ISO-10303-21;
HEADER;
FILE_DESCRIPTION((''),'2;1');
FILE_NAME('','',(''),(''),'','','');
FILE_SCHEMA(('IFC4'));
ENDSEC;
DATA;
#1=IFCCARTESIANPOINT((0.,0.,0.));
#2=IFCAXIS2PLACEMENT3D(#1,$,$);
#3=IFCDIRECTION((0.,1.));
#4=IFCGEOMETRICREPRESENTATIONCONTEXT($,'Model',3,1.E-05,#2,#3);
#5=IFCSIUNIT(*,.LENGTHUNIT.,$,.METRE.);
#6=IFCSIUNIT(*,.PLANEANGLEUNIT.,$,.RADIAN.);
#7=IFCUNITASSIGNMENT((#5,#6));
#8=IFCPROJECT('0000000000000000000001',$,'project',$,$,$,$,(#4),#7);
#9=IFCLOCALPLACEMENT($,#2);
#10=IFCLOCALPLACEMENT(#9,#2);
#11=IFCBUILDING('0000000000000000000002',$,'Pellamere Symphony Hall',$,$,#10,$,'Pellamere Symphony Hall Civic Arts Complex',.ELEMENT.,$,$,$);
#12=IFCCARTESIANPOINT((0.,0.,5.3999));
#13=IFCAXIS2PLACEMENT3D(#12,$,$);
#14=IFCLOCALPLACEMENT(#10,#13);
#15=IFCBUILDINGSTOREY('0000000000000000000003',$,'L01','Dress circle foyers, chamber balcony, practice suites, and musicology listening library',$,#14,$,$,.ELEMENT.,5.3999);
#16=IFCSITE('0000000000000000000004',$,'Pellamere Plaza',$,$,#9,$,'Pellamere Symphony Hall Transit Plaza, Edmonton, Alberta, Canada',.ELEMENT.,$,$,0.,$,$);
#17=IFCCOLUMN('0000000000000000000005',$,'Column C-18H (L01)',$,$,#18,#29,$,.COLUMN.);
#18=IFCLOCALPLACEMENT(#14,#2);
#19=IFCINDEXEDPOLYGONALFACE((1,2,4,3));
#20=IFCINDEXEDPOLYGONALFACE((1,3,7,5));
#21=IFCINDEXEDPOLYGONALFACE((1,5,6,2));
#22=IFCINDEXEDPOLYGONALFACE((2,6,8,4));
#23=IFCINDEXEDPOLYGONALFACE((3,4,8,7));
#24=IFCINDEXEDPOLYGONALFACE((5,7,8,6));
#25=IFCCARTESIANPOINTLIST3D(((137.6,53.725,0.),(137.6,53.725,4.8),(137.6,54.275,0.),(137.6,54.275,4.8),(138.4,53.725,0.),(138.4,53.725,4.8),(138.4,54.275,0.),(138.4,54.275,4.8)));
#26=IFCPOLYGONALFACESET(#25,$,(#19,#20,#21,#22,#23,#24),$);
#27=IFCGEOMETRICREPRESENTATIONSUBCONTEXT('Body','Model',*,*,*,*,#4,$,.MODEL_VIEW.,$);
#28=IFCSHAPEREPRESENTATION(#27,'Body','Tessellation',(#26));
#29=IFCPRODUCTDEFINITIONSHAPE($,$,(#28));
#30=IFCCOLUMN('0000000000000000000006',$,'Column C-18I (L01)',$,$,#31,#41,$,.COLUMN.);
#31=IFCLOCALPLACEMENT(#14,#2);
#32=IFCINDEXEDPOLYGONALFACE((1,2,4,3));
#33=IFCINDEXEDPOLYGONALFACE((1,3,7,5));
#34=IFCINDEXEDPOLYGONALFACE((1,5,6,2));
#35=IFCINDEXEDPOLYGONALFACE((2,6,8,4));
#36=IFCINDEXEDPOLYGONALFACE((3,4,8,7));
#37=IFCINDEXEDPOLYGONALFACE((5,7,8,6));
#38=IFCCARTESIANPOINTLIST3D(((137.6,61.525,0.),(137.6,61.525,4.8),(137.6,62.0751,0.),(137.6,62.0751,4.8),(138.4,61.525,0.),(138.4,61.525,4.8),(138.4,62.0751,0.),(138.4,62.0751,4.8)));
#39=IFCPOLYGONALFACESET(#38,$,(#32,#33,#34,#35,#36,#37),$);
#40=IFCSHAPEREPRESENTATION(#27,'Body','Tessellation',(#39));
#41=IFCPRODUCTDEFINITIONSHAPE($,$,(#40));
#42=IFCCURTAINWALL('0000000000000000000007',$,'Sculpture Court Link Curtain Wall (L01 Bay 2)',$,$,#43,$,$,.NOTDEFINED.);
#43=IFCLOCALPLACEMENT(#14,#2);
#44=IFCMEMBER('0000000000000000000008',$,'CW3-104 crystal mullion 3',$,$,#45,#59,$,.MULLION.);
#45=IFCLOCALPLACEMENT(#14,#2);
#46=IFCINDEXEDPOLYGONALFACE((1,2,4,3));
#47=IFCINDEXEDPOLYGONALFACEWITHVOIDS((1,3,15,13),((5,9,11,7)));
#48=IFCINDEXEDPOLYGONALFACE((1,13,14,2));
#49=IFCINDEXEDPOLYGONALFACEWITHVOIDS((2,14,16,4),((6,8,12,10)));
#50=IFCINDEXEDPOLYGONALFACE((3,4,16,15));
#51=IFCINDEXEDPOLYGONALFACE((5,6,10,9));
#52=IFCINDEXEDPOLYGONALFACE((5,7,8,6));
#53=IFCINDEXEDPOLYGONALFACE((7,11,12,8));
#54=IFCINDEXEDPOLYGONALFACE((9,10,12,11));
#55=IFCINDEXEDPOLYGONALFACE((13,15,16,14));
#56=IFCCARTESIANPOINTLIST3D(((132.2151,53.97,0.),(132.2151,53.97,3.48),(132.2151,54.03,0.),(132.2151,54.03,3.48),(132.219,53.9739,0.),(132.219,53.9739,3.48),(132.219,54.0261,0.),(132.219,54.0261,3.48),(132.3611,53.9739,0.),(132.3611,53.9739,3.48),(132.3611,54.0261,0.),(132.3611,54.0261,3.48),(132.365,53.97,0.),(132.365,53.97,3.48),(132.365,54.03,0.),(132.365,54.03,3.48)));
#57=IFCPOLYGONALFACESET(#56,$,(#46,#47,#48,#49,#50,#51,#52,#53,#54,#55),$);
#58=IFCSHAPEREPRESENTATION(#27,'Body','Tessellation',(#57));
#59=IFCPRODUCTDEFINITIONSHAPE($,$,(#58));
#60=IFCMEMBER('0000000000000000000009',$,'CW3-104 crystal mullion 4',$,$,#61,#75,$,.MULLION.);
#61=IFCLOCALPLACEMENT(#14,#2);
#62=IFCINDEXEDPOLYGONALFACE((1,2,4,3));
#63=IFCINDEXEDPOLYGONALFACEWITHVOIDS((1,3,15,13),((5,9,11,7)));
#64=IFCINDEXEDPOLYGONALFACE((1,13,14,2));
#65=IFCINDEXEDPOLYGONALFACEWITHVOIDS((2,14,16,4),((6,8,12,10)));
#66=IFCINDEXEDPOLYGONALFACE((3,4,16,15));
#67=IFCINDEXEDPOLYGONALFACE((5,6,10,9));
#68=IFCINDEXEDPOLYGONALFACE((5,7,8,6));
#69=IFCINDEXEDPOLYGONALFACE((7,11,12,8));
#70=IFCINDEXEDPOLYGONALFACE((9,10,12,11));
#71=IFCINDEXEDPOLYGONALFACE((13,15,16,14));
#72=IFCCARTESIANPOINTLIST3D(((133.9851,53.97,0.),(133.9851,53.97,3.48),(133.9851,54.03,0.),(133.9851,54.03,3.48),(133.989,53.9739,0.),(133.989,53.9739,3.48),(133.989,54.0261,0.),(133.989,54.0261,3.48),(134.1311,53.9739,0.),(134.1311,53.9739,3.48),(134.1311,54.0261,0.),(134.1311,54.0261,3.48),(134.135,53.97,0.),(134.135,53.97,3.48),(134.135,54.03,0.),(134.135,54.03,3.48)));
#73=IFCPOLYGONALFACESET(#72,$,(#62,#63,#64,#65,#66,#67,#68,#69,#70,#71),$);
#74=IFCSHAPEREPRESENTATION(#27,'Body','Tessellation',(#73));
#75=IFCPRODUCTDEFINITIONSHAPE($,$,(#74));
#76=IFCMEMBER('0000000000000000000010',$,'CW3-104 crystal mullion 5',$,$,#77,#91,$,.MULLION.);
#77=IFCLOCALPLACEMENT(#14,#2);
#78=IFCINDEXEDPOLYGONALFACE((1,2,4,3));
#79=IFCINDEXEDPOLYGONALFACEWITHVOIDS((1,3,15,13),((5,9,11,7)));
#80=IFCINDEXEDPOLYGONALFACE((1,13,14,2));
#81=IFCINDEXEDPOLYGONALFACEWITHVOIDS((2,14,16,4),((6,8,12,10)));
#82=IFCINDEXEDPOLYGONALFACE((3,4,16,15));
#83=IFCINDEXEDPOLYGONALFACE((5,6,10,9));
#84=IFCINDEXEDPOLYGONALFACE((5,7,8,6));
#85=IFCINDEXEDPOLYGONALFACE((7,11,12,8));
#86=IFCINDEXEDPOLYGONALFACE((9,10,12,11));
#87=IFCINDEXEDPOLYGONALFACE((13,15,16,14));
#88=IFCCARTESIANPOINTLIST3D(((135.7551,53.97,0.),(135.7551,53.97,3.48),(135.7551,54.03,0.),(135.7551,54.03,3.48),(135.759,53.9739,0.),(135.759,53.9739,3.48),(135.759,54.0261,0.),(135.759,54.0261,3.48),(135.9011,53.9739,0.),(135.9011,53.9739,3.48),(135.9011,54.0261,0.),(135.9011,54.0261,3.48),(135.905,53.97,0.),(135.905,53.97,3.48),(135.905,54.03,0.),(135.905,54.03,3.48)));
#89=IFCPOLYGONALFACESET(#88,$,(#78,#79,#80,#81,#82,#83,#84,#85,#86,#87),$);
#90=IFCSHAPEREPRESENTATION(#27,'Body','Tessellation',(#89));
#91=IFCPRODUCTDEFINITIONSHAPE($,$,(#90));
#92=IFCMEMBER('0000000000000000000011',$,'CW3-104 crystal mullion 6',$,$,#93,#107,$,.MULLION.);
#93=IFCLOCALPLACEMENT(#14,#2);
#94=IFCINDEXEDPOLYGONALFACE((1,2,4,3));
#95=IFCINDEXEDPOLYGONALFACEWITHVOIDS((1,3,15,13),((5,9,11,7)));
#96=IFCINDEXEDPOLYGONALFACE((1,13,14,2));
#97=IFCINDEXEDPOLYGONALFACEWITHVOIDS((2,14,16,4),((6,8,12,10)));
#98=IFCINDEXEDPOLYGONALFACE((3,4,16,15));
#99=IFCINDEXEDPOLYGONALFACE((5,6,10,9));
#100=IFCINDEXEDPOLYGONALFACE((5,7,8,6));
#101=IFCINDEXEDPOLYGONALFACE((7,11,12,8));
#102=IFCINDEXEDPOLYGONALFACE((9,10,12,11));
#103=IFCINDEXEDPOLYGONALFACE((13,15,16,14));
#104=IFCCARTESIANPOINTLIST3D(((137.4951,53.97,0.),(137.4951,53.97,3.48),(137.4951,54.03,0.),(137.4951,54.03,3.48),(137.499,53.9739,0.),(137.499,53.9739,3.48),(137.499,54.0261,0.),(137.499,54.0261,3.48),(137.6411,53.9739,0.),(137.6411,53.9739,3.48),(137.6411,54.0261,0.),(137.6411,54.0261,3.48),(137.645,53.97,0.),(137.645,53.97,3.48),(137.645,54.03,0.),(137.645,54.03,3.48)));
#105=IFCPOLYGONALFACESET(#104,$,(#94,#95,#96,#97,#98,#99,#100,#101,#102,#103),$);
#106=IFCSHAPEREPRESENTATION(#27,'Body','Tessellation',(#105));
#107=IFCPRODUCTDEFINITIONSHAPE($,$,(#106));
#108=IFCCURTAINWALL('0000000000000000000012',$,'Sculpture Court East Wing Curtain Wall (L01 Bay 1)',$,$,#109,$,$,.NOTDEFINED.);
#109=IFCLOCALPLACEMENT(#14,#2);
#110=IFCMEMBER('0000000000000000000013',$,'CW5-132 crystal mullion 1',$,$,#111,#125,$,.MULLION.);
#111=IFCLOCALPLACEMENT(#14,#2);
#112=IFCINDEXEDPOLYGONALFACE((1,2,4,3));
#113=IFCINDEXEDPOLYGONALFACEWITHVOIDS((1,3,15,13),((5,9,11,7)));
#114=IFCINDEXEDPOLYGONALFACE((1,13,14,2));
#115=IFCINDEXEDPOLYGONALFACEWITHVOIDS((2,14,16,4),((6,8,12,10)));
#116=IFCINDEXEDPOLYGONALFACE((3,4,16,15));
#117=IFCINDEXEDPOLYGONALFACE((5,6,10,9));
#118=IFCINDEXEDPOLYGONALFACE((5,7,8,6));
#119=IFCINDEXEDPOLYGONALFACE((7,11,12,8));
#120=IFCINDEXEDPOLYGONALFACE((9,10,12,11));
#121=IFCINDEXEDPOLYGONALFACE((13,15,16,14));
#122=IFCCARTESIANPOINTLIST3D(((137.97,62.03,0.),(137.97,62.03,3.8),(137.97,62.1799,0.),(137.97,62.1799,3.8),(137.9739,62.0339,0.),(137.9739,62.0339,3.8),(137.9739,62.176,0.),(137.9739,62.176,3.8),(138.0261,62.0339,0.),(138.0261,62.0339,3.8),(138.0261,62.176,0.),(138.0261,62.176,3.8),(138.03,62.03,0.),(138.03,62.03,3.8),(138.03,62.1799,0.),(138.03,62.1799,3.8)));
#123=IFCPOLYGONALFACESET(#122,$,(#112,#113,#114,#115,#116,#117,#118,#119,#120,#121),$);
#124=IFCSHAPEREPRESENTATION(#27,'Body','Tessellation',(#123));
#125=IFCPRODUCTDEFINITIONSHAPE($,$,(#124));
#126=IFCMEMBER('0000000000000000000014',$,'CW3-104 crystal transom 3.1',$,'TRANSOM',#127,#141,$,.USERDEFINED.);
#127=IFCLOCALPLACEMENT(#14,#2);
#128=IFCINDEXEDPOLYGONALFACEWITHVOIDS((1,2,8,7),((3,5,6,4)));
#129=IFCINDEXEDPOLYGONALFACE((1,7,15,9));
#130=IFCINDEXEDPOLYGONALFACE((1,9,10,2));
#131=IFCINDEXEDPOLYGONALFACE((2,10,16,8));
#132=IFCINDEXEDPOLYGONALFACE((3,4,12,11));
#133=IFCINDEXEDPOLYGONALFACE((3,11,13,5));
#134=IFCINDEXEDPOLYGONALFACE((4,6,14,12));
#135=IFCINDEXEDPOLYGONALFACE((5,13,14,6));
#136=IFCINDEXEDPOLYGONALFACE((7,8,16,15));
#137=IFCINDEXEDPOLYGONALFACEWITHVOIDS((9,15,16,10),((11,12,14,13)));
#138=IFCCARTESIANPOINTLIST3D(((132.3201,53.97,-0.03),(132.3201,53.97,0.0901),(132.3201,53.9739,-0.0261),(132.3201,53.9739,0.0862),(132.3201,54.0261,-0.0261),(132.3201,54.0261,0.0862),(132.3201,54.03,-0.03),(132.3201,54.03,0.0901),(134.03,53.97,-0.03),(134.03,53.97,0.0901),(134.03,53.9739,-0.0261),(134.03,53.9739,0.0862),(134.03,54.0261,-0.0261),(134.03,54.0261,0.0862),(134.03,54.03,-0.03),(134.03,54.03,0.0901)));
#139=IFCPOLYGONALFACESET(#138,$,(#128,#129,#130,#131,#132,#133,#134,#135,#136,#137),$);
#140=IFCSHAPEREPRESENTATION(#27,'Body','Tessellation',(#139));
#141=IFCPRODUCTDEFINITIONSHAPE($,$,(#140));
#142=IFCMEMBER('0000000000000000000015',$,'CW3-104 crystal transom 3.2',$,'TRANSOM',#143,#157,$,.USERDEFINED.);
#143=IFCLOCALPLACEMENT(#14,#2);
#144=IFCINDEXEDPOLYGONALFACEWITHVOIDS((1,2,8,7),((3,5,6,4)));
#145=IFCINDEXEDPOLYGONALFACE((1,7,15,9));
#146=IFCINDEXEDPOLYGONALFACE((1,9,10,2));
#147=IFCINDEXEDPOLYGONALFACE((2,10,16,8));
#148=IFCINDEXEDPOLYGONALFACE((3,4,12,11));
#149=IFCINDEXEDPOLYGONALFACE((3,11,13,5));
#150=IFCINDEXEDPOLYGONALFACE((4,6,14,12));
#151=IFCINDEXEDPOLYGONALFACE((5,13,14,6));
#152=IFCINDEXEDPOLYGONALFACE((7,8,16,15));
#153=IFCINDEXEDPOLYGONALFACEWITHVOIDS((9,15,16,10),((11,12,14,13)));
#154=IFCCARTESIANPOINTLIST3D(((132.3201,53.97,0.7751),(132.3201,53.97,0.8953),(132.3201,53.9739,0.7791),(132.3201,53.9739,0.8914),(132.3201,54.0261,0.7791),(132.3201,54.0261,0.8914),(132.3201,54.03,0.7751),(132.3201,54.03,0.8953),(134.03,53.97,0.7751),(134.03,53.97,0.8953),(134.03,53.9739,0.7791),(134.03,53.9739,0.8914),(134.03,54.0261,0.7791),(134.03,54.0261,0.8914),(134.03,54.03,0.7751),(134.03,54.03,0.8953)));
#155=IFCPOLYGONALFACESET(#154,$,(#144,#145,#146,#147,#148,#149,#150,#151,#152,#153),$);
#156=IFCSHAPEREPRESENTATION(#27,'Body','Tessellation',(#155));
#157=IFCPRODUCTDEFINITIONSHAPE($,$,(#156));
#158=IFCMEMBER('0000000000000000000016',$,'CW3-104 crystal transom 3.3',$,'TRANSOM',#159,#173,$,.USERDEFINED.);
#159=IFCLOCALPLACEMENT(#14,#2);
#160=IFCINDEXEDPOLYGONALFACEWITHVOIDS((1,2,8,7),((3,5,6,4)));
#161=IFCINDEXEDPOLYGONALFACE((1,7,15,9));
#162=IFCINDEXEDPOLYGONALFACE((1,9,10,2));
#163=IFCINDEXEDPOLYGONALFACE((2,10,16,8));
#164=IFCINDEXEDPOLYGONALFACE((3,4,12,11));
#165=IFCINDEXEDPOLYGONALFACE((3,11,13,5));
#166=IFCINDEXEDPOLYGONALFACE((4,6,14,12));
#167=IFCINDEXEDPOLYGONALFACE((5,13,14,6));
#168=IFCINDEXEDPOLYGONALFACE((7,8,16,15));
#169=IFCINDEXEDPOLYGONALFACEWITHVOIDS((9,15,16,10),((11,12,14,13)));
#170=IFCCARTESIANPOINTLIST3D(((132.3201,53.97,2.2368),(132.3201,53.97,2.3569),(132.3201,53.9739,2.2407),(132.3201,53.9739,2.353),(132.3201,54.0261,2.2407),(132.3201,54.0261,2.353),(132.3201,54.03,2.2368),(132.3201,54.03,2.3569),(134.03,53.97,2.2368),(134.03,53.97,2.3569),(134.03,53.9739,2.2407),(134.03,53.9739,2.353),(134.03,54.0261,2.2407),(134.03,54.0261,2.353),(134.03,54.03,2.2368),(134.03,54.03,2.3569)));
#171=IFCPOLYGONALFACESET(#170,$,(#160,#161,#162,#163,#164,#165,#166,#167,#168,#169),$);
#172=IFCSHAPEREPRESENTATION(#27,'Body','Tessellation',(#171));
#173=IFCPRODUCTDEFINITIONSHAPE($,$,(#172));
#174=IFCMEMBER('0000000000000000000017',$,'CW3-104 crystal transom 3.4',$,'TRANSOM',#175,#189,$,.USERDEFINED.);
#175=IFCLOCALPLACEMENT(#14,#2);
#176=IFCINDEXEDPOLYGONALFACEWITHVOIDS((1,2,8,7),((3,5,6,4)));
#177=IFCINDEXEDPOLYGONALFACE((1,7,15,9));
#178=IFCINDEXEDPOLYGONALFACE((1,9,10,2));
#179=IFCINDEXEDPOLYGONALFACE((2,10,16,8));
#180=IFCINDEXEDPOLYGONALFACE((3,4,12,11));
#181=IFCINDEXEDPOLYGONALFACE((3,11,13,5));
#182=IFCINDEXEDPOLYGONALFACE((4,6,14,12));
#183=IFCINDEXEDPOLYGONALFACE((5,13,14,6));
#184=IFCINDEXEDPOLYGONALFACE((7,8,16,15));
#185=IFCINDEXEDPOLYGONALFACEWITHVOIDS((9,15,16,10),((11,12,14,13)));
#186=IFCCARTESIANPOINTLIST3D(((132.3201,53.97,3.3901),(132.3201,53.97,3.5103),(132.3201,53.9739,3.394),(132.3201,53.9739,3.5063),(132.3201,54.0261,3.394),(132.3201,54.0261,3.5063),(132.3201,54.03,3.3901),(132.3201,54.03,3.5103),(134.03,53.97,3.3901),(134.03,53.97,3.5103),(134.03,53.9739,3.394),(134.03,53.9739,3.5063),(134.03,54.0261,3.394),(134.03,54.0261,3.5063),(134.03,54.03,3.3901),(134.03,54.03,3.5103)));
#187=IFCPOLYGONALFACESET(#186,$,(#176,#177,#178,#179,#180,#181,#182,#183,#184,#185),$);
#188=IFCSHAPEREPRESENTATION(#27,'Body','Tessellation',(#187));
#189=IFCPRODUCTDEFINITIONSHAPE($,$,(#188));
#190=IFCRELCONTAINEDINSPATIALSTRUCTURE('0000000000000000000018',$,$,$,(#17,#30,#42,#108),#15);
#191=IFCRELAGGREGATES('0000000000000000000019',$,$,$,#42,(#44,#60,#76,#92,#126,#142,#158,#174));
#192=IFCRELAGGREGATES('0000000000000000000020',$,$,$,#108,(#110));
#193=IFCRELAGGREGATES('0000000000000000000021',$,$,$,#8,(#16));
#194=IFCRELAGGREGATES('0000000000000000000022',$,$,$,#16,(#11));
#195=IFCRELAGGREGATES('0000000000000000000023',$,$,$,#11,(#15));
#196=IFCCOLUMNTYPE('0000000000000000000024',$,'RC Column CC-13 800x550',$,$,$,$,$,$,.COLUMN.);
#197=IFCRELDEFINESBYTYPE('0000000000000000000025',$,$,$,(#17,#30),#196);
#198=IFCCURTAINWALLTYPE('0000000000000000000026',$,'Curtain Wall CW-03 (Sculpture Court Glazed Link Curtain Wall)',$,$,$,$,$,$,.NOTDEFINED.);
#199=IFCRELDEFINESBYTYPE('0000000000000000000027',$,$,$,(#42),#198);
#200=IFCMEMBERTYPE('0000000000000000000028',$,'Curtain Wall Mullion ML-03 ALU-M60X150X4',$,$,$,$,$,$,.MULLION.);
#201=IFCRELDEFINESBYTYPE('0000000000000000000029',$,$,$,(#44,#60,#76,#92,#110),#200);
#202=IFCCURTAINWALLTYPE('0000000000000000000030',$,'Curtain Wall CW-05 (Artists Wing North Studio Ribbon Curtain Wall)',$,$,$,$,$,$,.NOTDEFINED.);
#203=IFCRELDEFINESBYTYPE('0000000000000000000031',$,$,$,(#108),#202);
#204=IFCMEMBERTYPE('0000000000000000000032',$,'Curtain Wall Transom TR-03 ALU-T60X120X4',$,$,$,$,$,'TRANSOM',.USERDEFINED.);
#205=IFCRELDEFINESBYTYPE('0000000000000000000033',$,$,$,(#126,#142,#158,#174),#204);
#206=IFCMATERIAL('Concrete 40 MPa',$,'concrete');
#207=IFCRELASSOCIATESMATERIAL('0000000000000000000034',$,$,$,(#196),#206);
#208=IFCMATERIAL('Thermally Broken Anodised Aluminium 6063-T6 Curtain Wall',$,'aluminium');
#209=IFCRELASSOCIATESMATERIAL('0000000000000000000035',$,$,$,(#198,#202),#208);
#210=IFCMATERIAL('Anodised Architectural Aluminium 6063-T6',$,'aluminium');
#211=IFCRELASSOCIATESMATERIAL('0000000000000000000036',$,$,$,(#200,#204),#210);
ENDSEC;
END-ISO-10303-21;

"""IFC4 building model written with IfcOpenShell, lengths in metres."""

from ifc_helpers import new_model, si_unit, direction, frame, origin, origin_2d, place, context, subcontext, project, spatial, rectangle, hollow_rectangle, extrude, material, material_profile, profile_set, type_object, element, aggregate, save


model = new_model("IFC4")

# Units and contexts
model_context = context("Model", 3, precision=1e-05, world=origin(), true_north=direction((0.0, 1.0)))
body_context = subcontext(model_context, "Body", "Model", "MODEL_VIEW")
ifc_project = project(units=[si_unit("LENGTHUNIT", "METRE"), si_unit("PLANEANGLEUNIT", "RADIAN")], contexts=[model_context])

# Site, building, storey
site_placement = place(None, origin())
site = spatial("IfcSite", under=ifc_project, at=site_placement, Name="Pellamere Plaza", LongName="Pellamere Symphony Hall Transit Plaza, Edmonton, Alberta, Canada", CompositionType="ELEMENT", RefElevation=0.0)
building_placement = place(site_placement, origin())
building = spatial("IfcBuilding", under=site, at=building_placement, Name="Pellamere Symphony Hall", LongName="Pellamere Symphony Hall Civic Arts Complex", CompositionType="ELEMENT")
storey_placement = place(building_placement, frame((0.0, 0.0, 5.3999)))
storey = spatial("IfcBuildingStorey", under=building, at=storey_placement, Name="L01", Description="Dress circle foyers, chamber balcony, practice suites, and musicology listening library", CompositionType="ELEMENT", Elevation=5.3999)

# Columns
ifc_material_1 = material(Name="Concrete 40 MPa", Category="concrete")
ifc_material_profile_1 = material_profile(ifc_material_1, rectangle(XDim=0.8, YDim=0.55, at=origin_2d()), Name="RC 800x550")
ifc_profile_set_1 = profile_set([ifc_material_profile_1], Name="Concrete 40 MPa")
column_type = type_object("IfcColumnType", Name="RC Column CC-13 800x550", PredefinedType="COLUMN", material=ifc_profile_set_1)
for number, where, z_axis, x_axis, name in (
    (1, (138.0, 54.0, 0.0), (0.0, 0.0, 1.0), (1.0, 0.0, 0.0), "Column C-18H (L01)"),
    (2, (138.0, 61.8, 0.0), (0.0, 0.0, 1.0), (1.0, 0.0, 0.0), "Column C-18I (L01)"),
):
    element("IfcColumn", number, at=place(storey_placement, frame(where, z_axis=z_axis, x_axis=x_axis)), inside=storey, type_object=column_type, Name=name, PredefinedType="COLUMN", context=body_context, shape_type="SweptSolid", body=[
        extrude(rectangle(XDim=0.8, YDim=0.55, at=origin_2d()), origin(), (0.0, 0.0, 1.0), 4.8),
    ])

# Curtain wall, members
ifc_material_2 = material(Name="Thermally Broken Anodised Aluminium 6063-T6 Curtain Wall", Category="aluminium")
curtain_wall_type_1 = type_object("IfcCurtainWallType", Name="Curtain Wall CW-03 (Sculpture Court Glazed Link Curtain Wall)", PredefinedType="NOTDEFINED", material=ifc_material_2)
curtain_wall_1_placement = place(storey_placement, origin())
curtain_wall_1 = element("IfcCurtainWall", 3, at=curtain_wall_1_placement, inside=storey, type_object=curtain_wall_type_1, Name="Sculpture Court Link Curtain Wall (L01 Bay 2)", PredefinedType="NOTDEFINED")
ifc_material_3 = material(Name="Anodised Architectural Aluminium 6063-T6", Category="aluminium")
ifc_material_profile_2 = material_profile(ifc_material_3, hollow_rectangle(XDim=0.0601, YDim=0.1499, WallThickness=0.0039, at=origin_2d()), Name="ALU-M60X150X4")
ifc_profile_set_2 = profile_set([ifc_material_profile_2], Name="Anodised Architectural Aluminium 6063-T6")
member_type_1 = type_object("IfcMemberType", Name="Curtain Wall Mullion ML-03 ALU-M60X150X4", PredefinedType="MULLION", material=ifc_profile_set_2)
member_1_placement = place(storey_placement, frame((132.29, 54.0, 0.0), z_axis=(0.0, 0.0, 1.0), x_axis=(0.0, 1.0, 0.0)))
member_1 = element("IfcMember", 4, at=member_1_placement, type_object=member_type_1, Name="CW3-104 crystal mullion 3", PredefinedType="MULLION", context=body_context, shape_type="SweptSolid", body=[
    extrude(hollow_rectangle(XDim=0.0601, YDim=0.1499, WallThickness=0.0039, at=origin_2d()), origin(), (0.0, 0.0, 1.0), 3.48),
])
member_2_placement = place(storey_placement, frame((134.0601, 54.0, 0.0), z_axis=(0.0, 0.0, 1.0), x_axis=(0.0, 1.0, 0.0)))
member_2 = element("IfcMember", 5, at=member_2_placement, type_object=member_type_1, Name="CW3-104 crystal mullion 4", PredefinedType="MULLION", context=body_context, shape_type="SweptSolid", body=[
    extrude(hollow_rectangle(XDim=0.0601, YDim=0.1499, WallThickness=0.0039, at=origin_2d()), origin(), (0.0, 0.0, 1.0), 3.48),
])
member_3_placement = place(storey_placement, frame((135.8301, 54.0, 0.0), z_axis=(0.0, 0.0, 1.0), x_axis=(0.0, 1.0, 0.0)))
member_3 = element("IfcMember", 6, at=member_3_placement, type_object=member_type_1, Name="CW3-104 crystal mullion 5", PredefinedType="MULLION", context=body_context, shape_type="SweptSolid", body=[
    extrude(hollow_rectangle(XDim=0.0601, YDim=0.1499, WallThickness=0.0039, at=origin_2d()), origin(), (0.0, 0.0, 1.0), 3.48),
])
member_4_placement = place(storey_placement, frame((137.5701, 54.0, 0.0), z_axis=(0.0, 0.0, 1.0), x_axis=(0.0, 1.0, 0.0)))
member_4 = element("IfcMember", 7, at=member_4_placement, type_object=member_type_1, Name="CW3-104 crystal mullion 6", PredefinedType="MULLION", context=body_context, shape_type="SweptSolid", body=[
    extrude(hollow_rectangle(XDim=0.0601, YDim=0.1499, WallThickness=0.0039, at=origin_2d()), origin(), (0.0, 0.0, 1.0), 3.48),
])

# Curtain wall, member
curtain_wall_type_2 = type_object("IfcCurtainWallType", Name="Curtain Wall CW-05 (Artists Wing North Studio Ribbon Curtain Wall)", PredefinedType="NOTDEFINED", material=ifc_material_2)
curtain_wall_2_placement = place(storey_placement, origin())
curtain_wall_2 = element("IfcCurtainWall", 8, at=curtain_wall_2_placement, inside=storey, type_object=curtain_wall_type_2, Name="Sculpture Court East Wing Curtain Wall (L01 Bay 1)", PredefinedType="NOTDEFINED")
member_5_placement = place(storey_placement, frame((138.0, 62.105, 0.0), z_axis=(0.0, 0.0, 1.0), x_axis=(-1.0, 0.0, 0.0)))
member_5 = element("IfcMember", 9, at=member_5_placement, type_object=member_type_1, Name="CW5-132 crystal mullion 1", PredefinedType="MULLION", context=body_context, shape_type="SweptSolid", body=[
    extrude(hollow_rectangle(XDim=0.0601, YDim=0.1499, WallThickness=0.0039, at=origin_2d()), origin(), (0.0, 0.0, 1.0), 3.8),
])

# Members
ifc_material_profile_3 = material_profile(ifc_material_3, hollow_rectangle(XDim=0.0601, YDim=0.1201, WallThickness=0.0039, at=origin_2d()), Name="ALU-T60X120X4")
ifc_profile_set_3 = profile_set([ifc_material_profile_3], Name="Anodised Architectural Aluminium 6063-T6")
member_type_2 = type_object("IfcMemberType", Name="Curtain Wall Transom TR-03 ALU-T60X120X4", ElementType="TRANSOM", PredefinedType="USERDEFINED", material=ifc_profile_set_3)
member_6_placement = place(storey_placement, frame((132.3201, 54.0, 0.03), z_axis=(1.0, 0.0, 0.0), x_axis=(0.0, 1.0, 0.0)))
member_6 = element("IfcMember", 10, at=member_6_placement, type_object=member_type_2, Name="CW3-104 crystal transom 3.1", ObjectType="TRANSOM", PredefinedType="USERDEFINED", context=body_context, shape_type="SweptSolid", body=[
    extrude(hollow_rectangle(XDim=0.0601, YDim=0.1201, WallThickness=0.0039, at=origin_2d()), origin(), (0.0, 0.0, 1.0), 1.71),
])
member_7_placement = place(storey_placement, frame((132.3201, 54.0, 0.8352), z_axis=(1.0, 0.0, 0.0), x_axis=(0.0, 1.0, 0.0)))
member_7 = element("IfcMember", 11, at=member_7_placement, type_object=member_type_2, Name="CW3-104 crystal transom 3.2", ObjectType="TRANSOM", PredefinedType="USERDEFINED", context=body_context, shape_type="SweptSolid", body=[
    extrude(hollow_rectangle(XDim=0.0601, YDim=0.1201, WallThickness=0.0039, at=origin_2d()), origin(), (0.0, 0.0, 1.0), 1.71),
])
member_8_placement = place(storey_placement, frame((132.3201, 54.0, 2.2969), z_axis=(1.0, 0.0, 0.0), x_axis=(0.0, 1.0, 0.0)))
member_8 = element("IfcMember", 12, at=member_8_placement, type_object=member_type_2, Name="CW3-104 crystal transom 3.3", ObjectType="TRANSOM", PredefinedType="USERDEFINED", context=body_context, shape_type="SweptSolid", body=[
    extrude(hollow_rectangle(XDim=0.0601, YDim=0.1201, WallThickness=0.0039, at=origin_2d()), origin(), (0.0, 0.0, 1.0), 1.71),
])
member_9_placement = place(storey_placement, frame((132.3201, 54.0, 3.4502), z_axis=(1.0, 0.0, 0.0), x_axis=(0.0, 1.0, 0.0)))
member_9 = element("IfcMember", 13, at=member_9_placement, type_object=member_type_2, Name="CW3-104 crystal transom 3.4", ObjectType="TRANSOM", PredefinedType="USERDEFINED", context=body_context, shape_type="SweptSolid", body=[
    extrude(hollow_rectangle(XDim=0.0601, YDim=0.1201, WallThickness=0.0039, at=origin_2d()), origin(), (0.0, 0.0, 1.0), 1.71),
])

aggregate(curtain_wall_1, [member_1, member_2, member_3, member_4, member_6, member_7, member_8, member_9])
aggregate(curtain_wall_2, [member_5])

save(model, "model.ifc")
